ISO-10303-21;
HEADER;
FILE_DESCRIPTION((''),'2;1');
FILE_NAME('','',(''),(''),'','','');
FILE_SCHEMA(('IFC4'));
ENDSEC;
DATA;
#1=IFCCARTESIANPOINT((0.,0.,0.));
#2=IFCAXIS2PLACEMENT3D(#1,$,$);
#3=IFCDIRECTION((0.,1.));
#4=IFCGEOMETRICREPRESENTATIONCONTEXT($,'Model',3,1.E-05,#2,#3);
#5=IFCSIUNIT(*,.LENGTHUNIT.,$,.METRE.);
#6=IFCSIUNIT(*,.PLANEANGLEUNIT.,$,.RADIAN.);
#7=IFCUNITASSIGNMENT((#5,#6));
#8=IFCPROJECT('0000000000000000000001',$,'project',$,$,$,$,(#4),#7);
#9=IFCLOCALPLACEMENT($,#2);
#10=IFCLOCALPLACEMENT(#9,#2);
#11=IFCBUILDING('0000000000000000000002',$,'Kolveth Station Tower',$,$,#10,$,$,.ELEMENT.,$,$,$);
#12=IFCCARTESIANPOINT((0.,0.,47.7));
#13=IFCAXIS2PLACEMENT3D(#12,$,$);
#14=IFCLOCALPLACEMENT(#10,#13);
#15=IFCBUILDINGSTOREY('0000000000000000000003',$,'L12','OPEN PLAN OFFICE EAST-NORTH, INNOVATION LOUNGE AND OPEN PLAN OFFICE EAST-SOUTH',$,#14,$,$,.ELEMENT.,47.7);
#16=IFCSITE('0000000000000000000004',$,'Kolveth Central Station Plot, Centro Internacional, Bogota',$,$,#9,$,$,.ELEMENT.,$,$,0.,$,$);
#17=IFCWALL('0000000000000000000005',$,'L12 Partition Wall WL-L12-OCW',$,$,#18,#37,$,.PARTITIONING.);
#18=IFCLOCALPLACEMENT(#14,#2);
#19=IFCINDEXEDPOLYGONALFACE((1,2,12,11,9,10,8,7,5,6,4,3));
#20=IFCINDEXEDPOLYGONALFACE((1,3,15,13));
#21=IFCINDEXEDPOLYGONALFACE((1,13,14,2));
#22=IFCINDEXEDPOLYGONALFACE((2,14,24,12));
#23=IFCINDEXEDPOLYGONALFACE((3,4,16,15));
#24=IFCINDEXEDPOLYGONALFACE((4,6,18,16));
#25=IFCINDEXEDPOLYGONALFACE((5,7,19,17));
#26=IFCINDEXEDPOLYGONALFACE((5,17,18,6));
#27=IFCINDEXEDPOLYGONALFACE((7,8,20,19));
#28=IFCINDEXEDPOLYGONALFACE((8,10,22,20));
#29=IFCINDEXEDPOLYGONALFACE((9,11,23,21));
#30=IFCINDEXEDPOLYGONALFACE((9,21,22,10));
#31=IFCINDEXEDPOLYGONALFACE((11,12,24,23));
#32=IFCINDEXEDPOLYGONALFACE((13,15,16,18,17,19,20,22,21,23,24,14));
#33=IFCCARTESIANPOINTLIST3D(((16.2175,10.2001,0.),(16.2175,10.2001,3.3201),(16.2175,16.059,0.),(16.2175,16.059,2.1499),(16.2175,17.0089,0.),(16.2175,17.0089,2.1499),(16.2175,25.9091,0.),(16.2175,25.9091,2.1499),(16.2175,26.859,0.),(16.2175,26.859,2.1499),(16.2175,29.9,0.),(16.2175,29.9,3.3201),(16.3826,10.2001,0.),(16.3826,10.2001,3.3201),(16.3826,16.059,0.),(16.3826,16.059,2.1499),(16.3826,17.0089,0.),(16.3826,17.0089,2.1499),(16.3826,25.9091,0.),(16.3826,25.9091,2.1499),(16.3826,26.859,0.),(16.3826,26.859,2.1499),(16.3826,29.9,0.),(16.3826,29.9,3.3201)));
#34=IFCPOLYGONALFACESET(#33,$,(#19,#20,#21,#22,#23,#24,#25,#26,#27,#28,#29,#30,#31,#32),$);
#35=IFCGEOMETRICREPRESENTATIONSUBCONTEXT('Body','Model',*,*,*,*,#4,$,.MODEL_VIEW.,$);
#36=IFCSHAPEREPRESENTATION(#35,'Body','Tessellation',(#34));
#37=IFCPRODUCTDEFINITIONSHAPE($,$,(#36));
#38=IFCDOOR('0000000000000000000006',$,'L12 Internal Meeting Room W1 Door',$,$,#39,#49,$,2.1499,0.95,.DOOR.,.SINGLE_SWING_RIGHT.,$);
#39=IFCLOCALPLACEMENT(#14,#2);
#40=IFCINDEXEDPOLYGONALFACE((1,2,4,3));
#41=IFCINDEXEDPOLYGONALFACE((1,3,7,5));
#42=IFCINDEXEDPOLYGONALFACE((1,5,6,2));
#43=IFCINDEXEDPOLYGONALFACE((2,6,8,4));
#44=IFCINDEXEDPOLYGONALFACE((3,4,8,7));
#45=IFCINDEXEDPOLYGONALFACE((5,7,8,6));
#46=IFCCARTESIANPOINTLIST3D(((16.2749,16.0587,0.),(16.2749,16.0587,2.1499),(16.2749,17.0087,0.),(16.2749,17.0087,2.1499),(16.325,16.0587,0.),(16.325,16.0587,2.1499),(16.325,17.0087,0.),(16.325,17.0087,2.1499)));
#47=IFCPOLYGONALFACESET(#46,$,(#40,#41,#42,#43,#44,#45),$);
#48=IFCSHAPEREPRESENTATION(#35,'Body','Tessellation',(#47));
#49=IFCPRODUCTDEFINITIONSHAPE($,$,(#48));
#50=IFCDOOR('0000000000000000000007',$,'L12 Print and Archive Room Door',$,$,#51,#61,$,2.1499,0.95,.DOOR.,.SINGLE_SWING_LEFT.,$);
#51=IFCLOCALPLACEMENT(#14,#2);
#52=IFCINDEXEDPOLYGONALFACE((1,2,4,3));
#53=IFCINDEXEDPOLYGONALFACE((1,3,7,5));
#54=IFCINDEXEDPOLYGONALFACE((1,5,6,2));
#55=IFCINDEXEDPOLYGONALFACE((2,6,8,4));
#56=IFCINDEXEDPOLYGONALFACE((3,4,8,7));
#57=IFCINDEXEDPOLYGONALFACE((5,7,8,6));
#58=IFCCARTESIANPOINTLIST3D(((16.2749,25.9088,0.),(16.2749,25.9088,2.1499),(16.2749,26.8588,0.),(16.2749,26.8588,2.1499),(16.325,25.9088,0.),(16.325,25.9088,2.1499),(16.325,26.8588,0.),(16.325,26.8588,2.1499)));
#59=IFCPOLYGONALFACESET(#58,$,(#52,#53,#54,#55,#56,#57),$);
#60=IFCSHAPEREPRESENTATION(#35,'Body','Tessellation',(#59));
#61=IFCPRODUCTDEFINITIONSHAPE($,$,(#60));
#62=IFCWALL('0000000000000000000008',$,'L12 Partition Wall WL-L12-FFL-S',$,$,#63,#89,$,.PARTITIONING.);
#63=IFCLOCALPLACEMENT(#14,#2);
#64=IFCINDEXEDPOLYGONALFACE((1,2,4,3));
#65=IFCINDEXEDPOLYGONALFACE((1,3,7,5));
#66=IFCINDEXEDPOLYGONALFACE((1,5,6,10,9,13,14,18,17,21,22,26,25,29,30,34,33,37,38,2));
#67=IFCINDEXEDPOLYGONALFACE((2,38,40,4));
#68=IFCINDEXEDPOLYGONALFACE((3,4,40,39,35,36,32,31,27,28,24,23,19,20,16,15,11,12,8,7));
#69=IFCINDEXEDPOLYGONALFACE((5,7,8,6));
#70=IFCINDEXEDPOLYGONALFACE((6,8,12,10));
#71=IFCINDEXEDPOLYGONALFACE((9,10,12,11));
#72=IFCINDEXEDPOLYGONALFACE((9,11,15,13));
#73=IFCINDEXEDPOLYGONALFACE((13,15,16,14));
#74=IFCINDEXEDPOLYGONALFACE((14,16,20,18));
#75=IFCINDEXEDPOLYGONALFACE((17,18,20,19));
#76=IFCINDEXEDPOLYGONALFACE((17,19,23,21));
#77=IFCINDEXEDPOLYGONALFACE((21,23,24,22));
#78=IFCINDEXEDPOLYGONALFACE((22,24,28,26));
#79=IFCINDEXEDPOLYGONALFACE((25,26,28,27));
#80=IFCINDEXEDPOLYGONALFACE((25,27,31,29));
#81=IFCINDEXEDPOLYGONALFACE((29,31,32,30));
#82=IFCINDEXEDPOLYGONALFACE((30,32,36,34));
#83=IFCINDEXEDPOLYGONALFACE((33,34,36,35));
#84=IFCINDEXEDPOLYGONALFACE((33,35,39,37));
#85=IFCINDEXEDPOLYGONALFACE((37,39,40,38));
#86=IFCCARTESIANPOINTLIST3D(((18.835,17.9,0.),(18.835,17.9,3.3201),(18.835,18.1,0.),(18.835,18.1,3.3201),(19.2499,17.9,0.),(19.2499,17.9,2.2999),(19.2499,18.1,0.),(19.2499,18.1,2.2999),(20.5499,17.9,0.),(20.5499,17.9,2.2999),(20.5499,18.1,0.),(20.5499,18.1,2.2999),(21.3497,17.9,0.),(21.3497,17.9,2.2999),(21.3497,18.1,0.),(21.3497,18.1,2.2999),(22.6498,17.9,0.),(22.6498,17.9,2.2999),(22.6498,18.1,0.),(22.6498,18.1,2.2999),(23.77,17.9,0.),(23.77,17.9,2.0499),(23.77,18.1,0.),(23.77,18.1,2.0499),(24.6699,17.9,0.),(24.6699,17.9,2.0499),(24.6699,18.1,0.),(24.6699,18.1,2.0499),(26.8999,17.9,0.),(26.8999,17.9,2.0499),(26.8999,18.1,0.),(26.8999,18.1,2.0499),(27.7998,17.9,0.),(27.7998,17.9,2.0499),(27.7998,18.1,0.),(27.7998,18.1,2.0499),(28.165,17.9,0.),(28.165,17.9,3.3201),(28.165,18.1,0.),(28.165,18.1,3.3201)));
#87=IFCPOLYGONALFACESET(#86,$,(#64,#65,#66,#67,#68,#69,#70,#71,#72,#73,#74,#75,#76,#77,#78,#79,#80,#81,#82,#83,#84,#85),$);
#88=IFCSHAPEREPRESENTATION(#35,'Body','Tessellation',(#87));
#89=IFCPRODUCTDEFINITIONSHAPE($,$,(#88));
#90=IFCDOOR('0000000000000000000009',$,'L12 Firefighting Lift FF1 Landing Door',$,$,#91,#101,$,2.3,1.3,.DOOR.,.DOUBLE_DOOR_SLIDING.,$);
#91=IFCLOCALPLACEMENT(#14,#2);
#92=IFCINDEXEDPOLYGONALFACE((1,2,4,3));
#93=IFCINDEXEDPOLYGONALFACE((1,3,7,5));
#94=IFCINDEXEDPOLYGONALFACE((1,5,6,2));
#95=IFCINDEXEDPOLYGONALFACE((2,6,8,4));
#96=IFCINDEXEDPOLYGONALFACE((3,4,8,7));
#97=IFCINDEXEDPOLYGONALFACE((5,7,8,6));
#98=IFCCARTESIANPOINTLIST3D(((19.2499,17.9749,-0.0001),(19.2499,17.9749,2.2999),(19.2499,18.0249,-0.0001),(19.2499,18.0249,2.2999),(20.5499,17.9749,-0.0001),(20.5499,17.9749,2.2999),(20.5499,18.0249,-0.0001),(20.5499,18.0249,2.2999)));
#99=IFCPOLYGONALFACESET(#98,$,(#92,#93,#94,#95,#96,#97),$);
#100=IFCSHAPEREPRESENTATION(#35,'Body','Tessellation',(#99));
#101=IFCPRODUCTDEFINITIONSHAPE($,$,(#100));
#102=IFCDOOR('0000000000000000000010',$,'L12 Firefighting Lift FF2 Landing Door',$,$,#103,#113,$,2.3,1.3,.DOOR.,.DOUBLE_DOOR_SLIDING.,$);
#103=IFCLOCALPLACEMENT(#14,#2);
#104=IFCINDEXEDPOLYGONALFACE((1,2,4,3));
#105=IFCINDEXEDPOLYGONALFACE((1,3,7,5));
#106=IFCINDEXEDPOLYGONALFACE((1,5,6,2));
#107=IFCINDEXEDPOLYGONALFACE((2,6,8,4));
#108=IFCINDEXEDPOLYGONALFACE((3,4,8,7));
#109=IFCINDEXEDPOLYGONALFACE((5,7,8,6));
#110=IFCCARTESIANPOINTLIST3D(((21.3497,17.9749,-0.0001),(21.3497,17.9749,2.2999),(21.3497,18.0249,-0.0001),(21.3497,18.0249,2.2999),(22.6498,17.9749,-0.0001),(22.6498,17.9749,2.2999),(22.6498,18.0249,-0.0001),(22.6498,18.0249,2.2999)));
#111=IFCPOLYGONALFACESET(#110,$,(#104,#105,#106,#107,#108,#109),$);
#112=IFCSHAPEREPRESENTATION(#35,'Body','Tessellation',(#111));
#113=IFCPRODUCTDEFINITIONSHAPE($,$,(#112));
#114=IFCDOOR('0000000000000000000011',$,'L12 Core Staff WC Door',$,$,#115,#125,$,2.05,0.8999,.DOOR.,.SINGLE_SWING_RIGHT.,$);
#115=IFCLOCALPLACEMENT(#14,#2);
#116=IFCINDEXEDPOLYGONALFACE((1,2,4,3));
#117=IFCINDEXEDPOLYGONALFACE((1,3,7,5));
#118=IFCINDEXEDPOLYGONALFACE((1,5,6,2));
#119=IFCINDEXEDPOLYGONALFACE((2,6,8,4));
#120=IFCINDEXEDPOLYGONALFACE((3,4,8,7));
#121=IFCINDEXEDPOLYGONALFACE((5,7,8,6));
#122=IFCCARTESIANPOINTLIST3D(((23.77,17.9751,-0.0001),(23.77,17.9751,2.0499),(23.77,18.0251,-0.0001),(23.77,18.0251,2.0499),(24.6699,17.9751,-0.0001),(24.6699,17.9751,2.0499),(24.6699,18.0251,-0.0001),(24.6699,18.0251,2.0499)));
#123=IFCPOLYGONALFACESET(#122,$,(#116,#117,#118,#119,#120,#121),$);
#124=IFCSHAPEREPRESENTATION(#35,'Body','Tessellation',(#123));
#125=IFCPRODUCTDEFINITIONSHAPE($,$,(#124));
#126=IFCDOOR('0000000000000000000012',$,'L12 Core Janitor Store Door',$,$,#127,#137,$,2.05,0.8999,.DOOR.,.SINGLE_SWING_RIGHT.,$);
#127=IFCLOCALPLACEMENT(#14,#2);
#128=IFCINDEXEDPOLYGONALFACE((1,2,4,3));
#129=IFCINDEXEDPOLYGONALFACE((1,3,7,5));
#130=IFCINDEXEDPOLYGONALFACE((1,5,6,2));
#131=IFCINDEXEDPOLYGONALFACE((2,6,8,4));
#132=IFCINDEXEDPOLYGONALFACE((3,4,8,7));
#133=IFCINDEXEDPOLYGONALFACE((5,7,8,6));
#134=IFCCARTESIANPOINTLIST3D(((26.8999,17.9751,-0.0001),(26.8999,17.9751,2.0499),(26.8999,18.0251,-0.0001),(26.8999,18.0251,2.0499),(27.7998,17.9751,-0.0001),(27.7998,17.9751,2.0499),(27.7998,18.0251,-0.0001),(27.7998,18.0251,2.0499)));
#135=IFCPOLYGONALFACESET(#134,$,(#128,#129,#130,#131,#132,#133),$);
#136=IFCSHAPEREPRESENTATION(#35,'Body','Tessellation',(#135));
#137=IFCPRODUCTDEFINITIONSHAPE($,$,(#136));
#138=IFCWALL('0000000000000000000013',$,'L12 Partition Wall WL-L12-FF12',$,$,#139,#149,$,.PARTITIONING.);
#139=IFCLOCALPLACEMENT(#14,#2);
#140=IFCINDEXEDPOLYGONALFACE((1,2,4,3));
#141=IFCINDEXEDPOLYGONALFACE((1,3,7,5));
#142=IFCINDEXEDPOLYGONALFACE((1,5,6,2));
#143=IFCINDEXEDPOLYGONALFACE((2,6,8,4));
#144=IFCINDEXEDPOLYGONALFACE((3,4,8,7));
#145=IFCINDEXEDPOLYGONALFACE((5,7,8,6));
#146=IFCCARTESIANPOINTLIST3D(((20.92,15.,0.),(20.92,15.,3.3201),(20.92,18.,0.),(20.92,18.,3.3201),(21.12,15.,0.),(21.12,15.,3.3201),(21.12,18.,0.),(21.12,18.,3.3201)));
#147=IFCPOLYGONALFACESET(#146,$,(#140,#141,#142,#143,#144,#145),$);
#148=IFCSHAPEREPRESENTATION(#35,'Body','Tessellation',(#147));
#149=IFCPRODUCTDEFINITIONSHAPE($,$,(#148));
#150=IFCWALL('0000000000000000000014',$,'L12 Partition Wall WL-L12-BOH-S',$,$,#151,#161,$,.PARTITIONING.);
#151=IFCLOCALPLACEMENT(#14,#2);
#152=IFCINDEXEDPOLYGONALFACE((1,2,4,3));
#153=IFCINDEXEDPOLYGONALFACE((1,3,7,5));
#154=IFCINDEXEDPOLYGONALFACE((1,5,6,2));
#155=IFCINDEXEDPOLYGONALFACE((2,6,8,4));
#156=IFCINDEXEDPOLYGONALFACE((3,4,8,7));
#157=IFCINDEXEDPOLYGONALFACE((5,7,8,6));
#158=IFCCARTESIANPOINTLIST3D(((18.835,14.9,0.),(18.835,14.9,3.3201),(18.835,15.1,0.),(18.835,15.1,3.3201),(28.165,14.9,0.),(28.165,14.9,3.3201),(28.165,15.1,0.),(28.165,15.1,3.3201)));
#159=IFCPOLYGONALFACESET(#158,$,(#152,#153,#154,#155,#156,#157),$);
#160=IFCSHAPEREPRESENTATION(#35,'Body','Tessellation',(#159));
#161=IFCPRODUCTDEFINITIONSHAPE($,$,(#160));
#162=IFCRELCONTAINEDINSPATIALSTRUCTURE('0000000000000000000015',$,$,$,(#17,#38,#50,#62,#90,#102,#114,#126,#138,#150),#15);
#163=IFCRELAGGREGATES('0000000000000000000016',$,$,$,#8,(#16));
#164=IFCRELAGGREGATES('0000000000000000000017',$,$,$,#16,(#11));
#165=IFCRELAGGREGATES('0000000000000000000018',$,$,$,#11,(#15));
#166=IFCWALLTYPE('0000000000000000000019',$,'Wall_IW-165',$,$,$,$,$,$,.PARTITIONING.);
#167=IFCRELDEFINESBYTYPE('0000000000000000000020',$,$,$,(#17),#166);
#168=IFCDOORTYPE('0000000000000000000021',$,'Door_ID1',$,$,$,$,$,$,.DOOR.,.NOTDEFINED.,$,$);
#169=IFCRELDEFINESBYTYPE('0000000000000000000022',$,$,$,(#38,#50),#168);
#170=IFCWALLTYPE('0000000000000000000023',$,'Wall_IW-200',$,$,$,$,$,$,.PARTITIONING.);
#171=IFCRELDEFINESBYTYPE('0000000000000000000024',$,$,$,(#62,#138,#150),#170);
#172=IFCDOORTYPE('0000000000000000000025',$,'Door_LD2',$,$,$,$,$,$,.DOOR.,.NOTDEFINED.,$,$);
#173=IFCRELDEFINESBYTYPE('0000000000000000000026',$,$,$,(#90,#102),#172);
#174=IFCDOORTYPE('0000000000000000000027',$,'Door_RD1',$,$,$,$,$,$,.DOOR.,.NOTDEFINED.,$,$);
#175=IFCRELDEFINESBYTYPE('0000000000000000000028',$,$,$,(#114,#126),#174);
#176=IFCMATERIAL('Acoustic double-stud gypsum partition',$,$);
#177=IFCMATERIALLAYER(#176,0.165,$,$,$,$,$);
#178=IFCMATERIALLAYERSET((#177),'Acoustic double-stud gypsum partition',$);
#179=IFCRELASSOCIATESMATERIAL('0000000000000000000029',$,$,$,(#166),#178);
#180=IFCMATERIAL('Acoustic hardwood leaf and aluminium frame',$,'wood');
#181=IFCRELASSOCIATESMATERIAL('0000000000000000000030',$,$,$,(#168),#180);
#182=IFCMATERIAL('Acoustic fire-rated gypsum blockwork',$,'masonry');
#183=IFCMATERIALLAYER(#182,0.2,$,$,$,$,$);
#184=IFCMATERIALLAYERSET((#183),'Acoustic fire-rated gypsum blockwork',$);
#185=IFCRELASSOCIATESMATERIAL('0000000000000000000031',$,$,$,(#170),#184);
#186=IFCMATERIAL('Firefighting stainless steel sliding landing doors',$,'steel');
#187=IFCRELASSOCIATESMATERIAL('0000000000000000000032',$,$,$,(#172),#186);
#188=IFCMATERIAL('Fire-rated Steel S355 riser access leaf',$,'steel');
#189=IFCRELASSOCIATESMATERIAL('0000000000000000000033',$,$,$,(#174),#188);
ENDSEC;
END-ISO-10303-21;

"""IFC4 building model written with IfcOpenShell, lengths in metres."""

from ifc_helpers import new_model, si_unit, direction, frame, frame_2d, origin, place, context, subcontext, project, spatial, rectangle, extrude, material, layer, layer_set, type_object, element, fill, save


model = new_model("IFC4")

# Units and contexts
model_context = context("Model", 3, precision=1e-05, world=origin(), true_north=direction((0.0, 1.0)))
body_context = subcontext(model_context, "Body", "Model", "MODEL_VIEW")
ifc_project = project(units=[si_unit("LENGTHUNIT", "METRE"), si_unit("PLANEANGLEUNIT", "RADIAN")], contexts=[model_context])

# Site, building, storey
site_placement = place(None, origin())
site = spatial("IfcSite", under=ifc_project, at=site_placement, Name="Kolveth Central Station Plot, Centro Internacional, Bogota", CompositionType="ELEMENT", RefElevation=0.0)
building_placement = place(site_placement, origin())
building = spatial("IfcBuilding", under=site, at=building_placement, Name="Kolveth Station Tower", CompositionType="ELEMENT")
storey_placement = place(building_placement, frame((0.0, 0.0, 47.7)))
storey = spatial("IfcBuildingStorey", under=building, at=storey_placement, Name="L12", Description="OPEN PLAN OFFICE EAST-NORTH, INNOVATION LOUNGE AND OPEN PLAN OFFICE EAST-SOUTH", CompositionType="ELEMENT", Elevation=47.7)

# Walls, openings, doors
ifc_material_1 = material(Name="Acoustic double-stud gypsum partition")
ifc_layer_1 = layer(ifc_material_1, 0.165)
ifc_layer_set_1 = layer_set([ifc_layer_1], Name="Acoustic double-stud gypsum partition")
wall_type_1 = type_object("IfcWallType", Name="Wall_IW-165", PredefinedType="PARTITIONING", material=ifc_layer_set_1)
wall_1_placement = place(storey_placement, frame((16.3, 10.2, 0.0), z_axis=(0.0, 0.0, 1.0), x_axis=(0.0, 1.0, 0.0)))
wall_1 = element("IfcWall", 1, at=wall_1_placement, inside=storey, type_object=wall_type_1, Name="L12 Partition Wall WL-L12-OCW", PredefinedType="PARTITIONING", context=body_context, shape_type="SweptSolid", body=[
    extrude(rectangle(XDim=19.7, YDim=0.165, at=frame_2d((9.8501, 0.0))), origin(), (0.0, 0.0, 1.0), 3.3201),
])
opening_1_placement = place(wall_1_placement, frame((5.8589, 0.0, 0.0)))
opening_1 = element("IfcOpeningElement", 2, at=opening_1_placement, cuts=wall_1, PredefinedType="OPENING", context=body_context, shape_type="SweptSolid", body=[
    extrude(rectangle(XDim=0.95, YDim=2.1499, at=frame_2d((0.4751, 1.075))), frame((0.0, 0.0925, 0.0), z_axis=(0.0, -1.0, 0.0), x_axis=(1.0, 0.0, 0.0)), (0.0, 0.0, 1.0), 0.1851),
])
opening_2_placement = place(wall_1_placement, frame((15.709, 0.0, 0.0)))
opening_2 = element("IfcOpeningElement", 3, at=opening_2_placement, cuts=wall_1, PredefinedType="OPENING", context=body_context, shape_type="SweptSolid", body=[
    extrude(rectangle(XDim=0.95, YDim=2.1499, at=frame_2d((0.4751, 1.075))), frame((0.0, 0.0925, 0.0), z_axis=(0.0, -1.0, 0.0), x_axis=(1.0, 0.0, 0.0)), (0.0, 0.0, 1.0), 0.1851),
])
ifc_material_2 = material(Name="Acoustic hardwood leaf and aluminium frame", Category="wood")
door_type_1 = type_object("IfcDoorType", Name="Door_ID1", OperationType="NOTDEFINED", PredefinedType="DOOR", material=ifc_material_2)
door_1_placement = place(opening_1_placement, frame((0.95, 0.0, 0.0), z_axis=(0.0, 0.0, 1.0), x_axis=(-1.0, 0.0, 0.0)))
door_1 = element("IfcDoor", 4, at=door_1_placement, inside=storey, type_object=door_type_1, Name="L12 Internal Meeting Room W1 Door", OperationType="SINGLE_SWING_RIGHT", OverallHeight=2.1499, OverallWidth=0.95, PredefinedType="DOOR", context=body_context, shape_type="SweptSolid", body=[
    extrude(rectangle(XDim=0.95, YDim=2.1499, at=frame_2d((0.4751, 1.075))), frame((0.0, 0.0249, 0.0), z_axis=(0.0, -1.0, 0.0), x_axis=(1.0, 0.0, 0.0)), (0.0, 0.0, 1.0), 0.05),
])
fill(opening_1, door_1)
door_2_placement = place(opening_2_placement, frame((0.95, 0.0, 0.0), z_axis=(0.0, 0.0, 1.0), x_axis=(-1.0, 0.0, 0.0)))
door_2 = element("IfcDoor", 5, at=door_2_placement, inside=storey, type_object=door_type_1, Name="L12 Print and Archive Room Door", OperationType="SINGLE_SWING_LEFT", OverallHeight=2.1499, OverallWidth=0.95, PredefinedType="DOOR", context=body_context, shape_type="SweptSolid", body=[
    extrude(rectangle(XDim=0.95, YDim=2.1499, at=frame_2d((0.4751, 1.075))), frame((0.0, 0.0249, 0.0), z_axis=(0.0, -1.0, 0.0), x_axis=(1.0, 0.0, 0.0)), (0.0, 0.0, 1.0), 0.05),
])
fill(opening_2, door_2)
ifc_material_3 = material(Name="Acoustic fire-rated gypsum blockwork", Category="masonry")
ifc_layer_2 = layer(ifc_material_3, 0.2)
ifc_layer_set_2 = layer_set([ifc_layer_2], Name="Acoustic fire-rated gypsum blockwork")
wall_type_2 = type_object("IfcWallType", Name="Wall_IW-200", PredefinedType="PARTITIONING", material=ifc_layer_set_2)
wall_2_placement = place(storey_placement, frame((18.835, 18.0, 0.0), z_axis=(0.0, 0.0, 1.0), x_axis=(1.0, 0.0, 0.0)))
wall_2 = element("IfcWall", 6, at=wall_2_placement, inside=storey, type_object=wall_type_2, Name="L12 Partition Wall WL-L12-FFL-S", PredefinedType="PARTITIONING", context=body_context, shape_type="SweptSolid", body=[
    extrude(rectangle(XDim=9.3301, YDim=0.2, at=frame_2d((4.665, 0.0))), origin(), (0.0, 0.0, 1.0), 3.3201),
])
opening_3_placement = place(wall_2_placement, frame((0.415, 0.0, 0.0)))
opening_3 = element("IfcOpeningElement", 7, at=opening_3_placement, cuts=wall_2, PredefinedType="OPENING", context=body_context, shape_type="SweptSolid", body=[
    extrude(rectangle(XDim=1.3, YDim=2.3, at=frame_2d((0.6499, 1.1499))), frame((0.0, 0.1099, 0.0), z_axis=(0.0, -1.0, 0.0), x_axis=(1.0, 0.0, 0.0)), (0.0, 0.0, 1.0), 0.22),
])
opening_4_placement = place(wall_2_placement, frame((2.5149, 0.0, 0.0)))
opening_4 = element("IfcOpeningElement", 8, at=opening_4_placement, cuts=wall_2, PredefinedType="OPENING", context=body_context, shape_type="SweptSolid", body=[
    extrude(rectangle(XDim=1.3, YDim=2.3, at=frame_2d((0.6499, 1.1499))), frame((0.0, 0.1099, 0.0), z_axis=(0.0, -1.0, 0.0), x_axis=(1.0, 0.0, 0.0)), (0.0, 0.0, 1.0), 0.22),
])
opening_5_placement = place(wall_2_placement, frame((4.9351, 0.0, 0.0)))
opening_5 = element("IfcOpeningElement", 9, at=opening_5_placement, cuts=wall_2, PredefinedType="OPENING", context=body_context, shape_type="SweptSolid", body=[
    extrude(rectangle(XDim=0.8999, YDim=2.05, at=frame_2d((0.45, 1.0249))), frame((0.0, 0.1099, 0.0), z_axis=(0.0, -1.0, 0.0), x_axis=(1.0, 0.0, 0.0)), (0.0, 0.0, 1.0), 0.22),
])
opening_6_placement = place(wall_2_placement, frame((8.0649, 0.0, 0.0)))
opening_6 = element("IfcOpeningElement", 10, at=opening_6_placement, cuts=wall_2, PredefinedType="OPENING", context=body_context, shape_type="SweptSolid", body=[
    extrude(rectangle(XDim=0.8999, YDim=2.05, at=frame_2d((0.45, 1.0249))), frame((0.0, 0.1099, 0.0), z_axis=(0.0, -1.0, 0.0), x_axis=(1.0, 0.0, 0.0)), (0.0, 0.0, 1.0), 0.22),
])
ifc_material_4 = material(Name="Firefighting stainless steel sliding landing doors", Category="steel")
door_type_2 = type_object("IfcDoorType", Name="Door_LD2", OperationType="NOTDEFINED", PredefinedType="DOOR", material=ifc_material_4)
door_3_placement = place(opening_3_placement, origin())
door_3 = element("IfcDoor", 11, at=door_3_placement, inside=storey, type_object=door_type_2, Name="L12 Firefighting Lift FF1 Landing Door", OperationType="DOUBLE_DOOR_SLIDING", OverallHeight=2.3, OverallWidth=1.3, PredefinedType="DOOR", context=body_context, shape_type="SweptSolid", body=[
    extrude(rectangle(XDim=1.3, YDim=2.3, at=frame_2d((0.6499, 1.1499))), frame((0.0, 0.0249, 0.0), z_axis=(0.0, -1.0, 0.0), x_axis=(1.0, 0.0, 0.0)), (0.0, 0.0, 1.0), 0.05),
])
fill(opening_3, door_3)
door_4_placement = place(opening_4_placement, origin())
door_4 = element("IfcDoor", 12, at=door_4_placement, inside=storey, type_object=door_type_2, Name="L12 Firefighting Lift FF2 Landing Door", OperationType="DOUBLE_DOOR_SLIDING", OverallHeight=2.3, OverallWidth=1.3, PredefinedType="DOOR", context=body_context, shape_type="SweptSolid", body=[
    extrude(rectangle(XDim=1.3, YDim=2.3, at=frame_2d((0.6499, 1.1499))), frame((0.0, 0.0249, 0.0), z_axis=(0.0, -1.0, 0.0), x_axis=(1.0, 0.0, 0.0)), (0.0, 0.0, 1.0), 0.05),
])
fill(opening_4, door_4)
ifc_material_5 = material(Name="Fire-rated Steel S355 riser access leaf", Category="steel")
door_type_3 = type_object("IfcDoorType", Name="Door_RD1", OperationType="NOTDEFINED", PredefinedType="DOOR", material=ifc_material_5)
door_5_placement = place(opening_5_placement, frame((0.8999, 0.0, 0.0), z_axis=(0.0, 0.0, 1.0), x_axis=(-1.0, 0.0, 0.0)))
door_5 = element("IfcDoor", 13, at=door_5_placement, inside=storey, type_object=door_type_3, Name="L12 Core Staff WC Door", OperationType="SINGLE_SWING_RIGHT", OverallHeight=2.05, OverallWidth=0.8999, PredefinedType="DOOR", context=body_context, shape_type="SweptSolid", body=[
    extrude(rectangle(XDim=0.8999, YDim=2.05, at=frame_2d((0.45, 1.0249))), frame((0.0, 0.0249, 0.0), z_axis=(0.0, -1.0, 0.0), x_axis=(1.0, 0.0, 0.0)), (0.0, 0.0, 1.0), 0.05),
])
fill(opening_5, door_5)
door_6_placement = place(opening_6_placement, frame((0.8999, 0.0, 0.0), z_axis=(0.0, 0.0, 1.0), x_axis=(-1.0, 0.0, 0.0)))
door_6 = element("IfcDoor", 14, at=door_6_placement, inside=storey, type_object=door_type_3, Name="L12 Core Janitor Store Door", OperationType="SINGLE_SWING_RIGHT", OverallHeight=2.05, OverallWidth=0.8999, PredefinedType="DOOR", context=body_context, shape_type="SweptSolid", body=[
    extrude(rectangle(XDim=0.8999, YDim=2.05, at=frame_2d((0.45, 1.0249))), frame((0.0, 0.0249, 0.0), z_axis=(0.0, -1.0, 0.0), x_axis=(1.0, 0.0, 0.0)), (0.0, 0.0, 1.0), 0.05),
])
fill(opening_6, door_6)

# Walls
wall_3_placement = place(storey_placement, frame((21.02, 15.0, 0.0), z_axis=(0.0, 0.0, 1.0), x_axis=(0.0, 1.0, 0.0)))
element("IfcWall", 15, at=wall_3_placement, inside=storey, type_object=wall_type_2, Name="L12 Partition Wall WL-L12-FF12", PredefinedType="PARTITIONING", context=body_context, shape_type="SweptSolid", body=[
    extrude(rectangle(XDim=3.0, YDim=0.2, at=frame_2d((1.5, 0.0))), origin(), (0.0, 0.0, 1.0), 3.3201),
])
wall_4_placement = place(storey_placement, frame((18.835, 15.0, 0.0), z_axis=(0.0, 0.0, 1.0), x_axis=(1.0, 0.0, 0.0)))
element("IfcWall", 16, at=wall_4_placement, inside=storey, type_object=wall_type_2, Name="L12 Partition Wall WL-L12-BOH-S", PredefinedType="PARTITIONING", context=body_context, shape_type="SweptSolid", body=[
    extrude(rectangle(XDim=9.3301, YDim=0.2, at=frame_2d((4.665, 0.0))), origin(), (0.0, 0.0, 1.0), 3.3201),
])

save(model, "model.ifc")
